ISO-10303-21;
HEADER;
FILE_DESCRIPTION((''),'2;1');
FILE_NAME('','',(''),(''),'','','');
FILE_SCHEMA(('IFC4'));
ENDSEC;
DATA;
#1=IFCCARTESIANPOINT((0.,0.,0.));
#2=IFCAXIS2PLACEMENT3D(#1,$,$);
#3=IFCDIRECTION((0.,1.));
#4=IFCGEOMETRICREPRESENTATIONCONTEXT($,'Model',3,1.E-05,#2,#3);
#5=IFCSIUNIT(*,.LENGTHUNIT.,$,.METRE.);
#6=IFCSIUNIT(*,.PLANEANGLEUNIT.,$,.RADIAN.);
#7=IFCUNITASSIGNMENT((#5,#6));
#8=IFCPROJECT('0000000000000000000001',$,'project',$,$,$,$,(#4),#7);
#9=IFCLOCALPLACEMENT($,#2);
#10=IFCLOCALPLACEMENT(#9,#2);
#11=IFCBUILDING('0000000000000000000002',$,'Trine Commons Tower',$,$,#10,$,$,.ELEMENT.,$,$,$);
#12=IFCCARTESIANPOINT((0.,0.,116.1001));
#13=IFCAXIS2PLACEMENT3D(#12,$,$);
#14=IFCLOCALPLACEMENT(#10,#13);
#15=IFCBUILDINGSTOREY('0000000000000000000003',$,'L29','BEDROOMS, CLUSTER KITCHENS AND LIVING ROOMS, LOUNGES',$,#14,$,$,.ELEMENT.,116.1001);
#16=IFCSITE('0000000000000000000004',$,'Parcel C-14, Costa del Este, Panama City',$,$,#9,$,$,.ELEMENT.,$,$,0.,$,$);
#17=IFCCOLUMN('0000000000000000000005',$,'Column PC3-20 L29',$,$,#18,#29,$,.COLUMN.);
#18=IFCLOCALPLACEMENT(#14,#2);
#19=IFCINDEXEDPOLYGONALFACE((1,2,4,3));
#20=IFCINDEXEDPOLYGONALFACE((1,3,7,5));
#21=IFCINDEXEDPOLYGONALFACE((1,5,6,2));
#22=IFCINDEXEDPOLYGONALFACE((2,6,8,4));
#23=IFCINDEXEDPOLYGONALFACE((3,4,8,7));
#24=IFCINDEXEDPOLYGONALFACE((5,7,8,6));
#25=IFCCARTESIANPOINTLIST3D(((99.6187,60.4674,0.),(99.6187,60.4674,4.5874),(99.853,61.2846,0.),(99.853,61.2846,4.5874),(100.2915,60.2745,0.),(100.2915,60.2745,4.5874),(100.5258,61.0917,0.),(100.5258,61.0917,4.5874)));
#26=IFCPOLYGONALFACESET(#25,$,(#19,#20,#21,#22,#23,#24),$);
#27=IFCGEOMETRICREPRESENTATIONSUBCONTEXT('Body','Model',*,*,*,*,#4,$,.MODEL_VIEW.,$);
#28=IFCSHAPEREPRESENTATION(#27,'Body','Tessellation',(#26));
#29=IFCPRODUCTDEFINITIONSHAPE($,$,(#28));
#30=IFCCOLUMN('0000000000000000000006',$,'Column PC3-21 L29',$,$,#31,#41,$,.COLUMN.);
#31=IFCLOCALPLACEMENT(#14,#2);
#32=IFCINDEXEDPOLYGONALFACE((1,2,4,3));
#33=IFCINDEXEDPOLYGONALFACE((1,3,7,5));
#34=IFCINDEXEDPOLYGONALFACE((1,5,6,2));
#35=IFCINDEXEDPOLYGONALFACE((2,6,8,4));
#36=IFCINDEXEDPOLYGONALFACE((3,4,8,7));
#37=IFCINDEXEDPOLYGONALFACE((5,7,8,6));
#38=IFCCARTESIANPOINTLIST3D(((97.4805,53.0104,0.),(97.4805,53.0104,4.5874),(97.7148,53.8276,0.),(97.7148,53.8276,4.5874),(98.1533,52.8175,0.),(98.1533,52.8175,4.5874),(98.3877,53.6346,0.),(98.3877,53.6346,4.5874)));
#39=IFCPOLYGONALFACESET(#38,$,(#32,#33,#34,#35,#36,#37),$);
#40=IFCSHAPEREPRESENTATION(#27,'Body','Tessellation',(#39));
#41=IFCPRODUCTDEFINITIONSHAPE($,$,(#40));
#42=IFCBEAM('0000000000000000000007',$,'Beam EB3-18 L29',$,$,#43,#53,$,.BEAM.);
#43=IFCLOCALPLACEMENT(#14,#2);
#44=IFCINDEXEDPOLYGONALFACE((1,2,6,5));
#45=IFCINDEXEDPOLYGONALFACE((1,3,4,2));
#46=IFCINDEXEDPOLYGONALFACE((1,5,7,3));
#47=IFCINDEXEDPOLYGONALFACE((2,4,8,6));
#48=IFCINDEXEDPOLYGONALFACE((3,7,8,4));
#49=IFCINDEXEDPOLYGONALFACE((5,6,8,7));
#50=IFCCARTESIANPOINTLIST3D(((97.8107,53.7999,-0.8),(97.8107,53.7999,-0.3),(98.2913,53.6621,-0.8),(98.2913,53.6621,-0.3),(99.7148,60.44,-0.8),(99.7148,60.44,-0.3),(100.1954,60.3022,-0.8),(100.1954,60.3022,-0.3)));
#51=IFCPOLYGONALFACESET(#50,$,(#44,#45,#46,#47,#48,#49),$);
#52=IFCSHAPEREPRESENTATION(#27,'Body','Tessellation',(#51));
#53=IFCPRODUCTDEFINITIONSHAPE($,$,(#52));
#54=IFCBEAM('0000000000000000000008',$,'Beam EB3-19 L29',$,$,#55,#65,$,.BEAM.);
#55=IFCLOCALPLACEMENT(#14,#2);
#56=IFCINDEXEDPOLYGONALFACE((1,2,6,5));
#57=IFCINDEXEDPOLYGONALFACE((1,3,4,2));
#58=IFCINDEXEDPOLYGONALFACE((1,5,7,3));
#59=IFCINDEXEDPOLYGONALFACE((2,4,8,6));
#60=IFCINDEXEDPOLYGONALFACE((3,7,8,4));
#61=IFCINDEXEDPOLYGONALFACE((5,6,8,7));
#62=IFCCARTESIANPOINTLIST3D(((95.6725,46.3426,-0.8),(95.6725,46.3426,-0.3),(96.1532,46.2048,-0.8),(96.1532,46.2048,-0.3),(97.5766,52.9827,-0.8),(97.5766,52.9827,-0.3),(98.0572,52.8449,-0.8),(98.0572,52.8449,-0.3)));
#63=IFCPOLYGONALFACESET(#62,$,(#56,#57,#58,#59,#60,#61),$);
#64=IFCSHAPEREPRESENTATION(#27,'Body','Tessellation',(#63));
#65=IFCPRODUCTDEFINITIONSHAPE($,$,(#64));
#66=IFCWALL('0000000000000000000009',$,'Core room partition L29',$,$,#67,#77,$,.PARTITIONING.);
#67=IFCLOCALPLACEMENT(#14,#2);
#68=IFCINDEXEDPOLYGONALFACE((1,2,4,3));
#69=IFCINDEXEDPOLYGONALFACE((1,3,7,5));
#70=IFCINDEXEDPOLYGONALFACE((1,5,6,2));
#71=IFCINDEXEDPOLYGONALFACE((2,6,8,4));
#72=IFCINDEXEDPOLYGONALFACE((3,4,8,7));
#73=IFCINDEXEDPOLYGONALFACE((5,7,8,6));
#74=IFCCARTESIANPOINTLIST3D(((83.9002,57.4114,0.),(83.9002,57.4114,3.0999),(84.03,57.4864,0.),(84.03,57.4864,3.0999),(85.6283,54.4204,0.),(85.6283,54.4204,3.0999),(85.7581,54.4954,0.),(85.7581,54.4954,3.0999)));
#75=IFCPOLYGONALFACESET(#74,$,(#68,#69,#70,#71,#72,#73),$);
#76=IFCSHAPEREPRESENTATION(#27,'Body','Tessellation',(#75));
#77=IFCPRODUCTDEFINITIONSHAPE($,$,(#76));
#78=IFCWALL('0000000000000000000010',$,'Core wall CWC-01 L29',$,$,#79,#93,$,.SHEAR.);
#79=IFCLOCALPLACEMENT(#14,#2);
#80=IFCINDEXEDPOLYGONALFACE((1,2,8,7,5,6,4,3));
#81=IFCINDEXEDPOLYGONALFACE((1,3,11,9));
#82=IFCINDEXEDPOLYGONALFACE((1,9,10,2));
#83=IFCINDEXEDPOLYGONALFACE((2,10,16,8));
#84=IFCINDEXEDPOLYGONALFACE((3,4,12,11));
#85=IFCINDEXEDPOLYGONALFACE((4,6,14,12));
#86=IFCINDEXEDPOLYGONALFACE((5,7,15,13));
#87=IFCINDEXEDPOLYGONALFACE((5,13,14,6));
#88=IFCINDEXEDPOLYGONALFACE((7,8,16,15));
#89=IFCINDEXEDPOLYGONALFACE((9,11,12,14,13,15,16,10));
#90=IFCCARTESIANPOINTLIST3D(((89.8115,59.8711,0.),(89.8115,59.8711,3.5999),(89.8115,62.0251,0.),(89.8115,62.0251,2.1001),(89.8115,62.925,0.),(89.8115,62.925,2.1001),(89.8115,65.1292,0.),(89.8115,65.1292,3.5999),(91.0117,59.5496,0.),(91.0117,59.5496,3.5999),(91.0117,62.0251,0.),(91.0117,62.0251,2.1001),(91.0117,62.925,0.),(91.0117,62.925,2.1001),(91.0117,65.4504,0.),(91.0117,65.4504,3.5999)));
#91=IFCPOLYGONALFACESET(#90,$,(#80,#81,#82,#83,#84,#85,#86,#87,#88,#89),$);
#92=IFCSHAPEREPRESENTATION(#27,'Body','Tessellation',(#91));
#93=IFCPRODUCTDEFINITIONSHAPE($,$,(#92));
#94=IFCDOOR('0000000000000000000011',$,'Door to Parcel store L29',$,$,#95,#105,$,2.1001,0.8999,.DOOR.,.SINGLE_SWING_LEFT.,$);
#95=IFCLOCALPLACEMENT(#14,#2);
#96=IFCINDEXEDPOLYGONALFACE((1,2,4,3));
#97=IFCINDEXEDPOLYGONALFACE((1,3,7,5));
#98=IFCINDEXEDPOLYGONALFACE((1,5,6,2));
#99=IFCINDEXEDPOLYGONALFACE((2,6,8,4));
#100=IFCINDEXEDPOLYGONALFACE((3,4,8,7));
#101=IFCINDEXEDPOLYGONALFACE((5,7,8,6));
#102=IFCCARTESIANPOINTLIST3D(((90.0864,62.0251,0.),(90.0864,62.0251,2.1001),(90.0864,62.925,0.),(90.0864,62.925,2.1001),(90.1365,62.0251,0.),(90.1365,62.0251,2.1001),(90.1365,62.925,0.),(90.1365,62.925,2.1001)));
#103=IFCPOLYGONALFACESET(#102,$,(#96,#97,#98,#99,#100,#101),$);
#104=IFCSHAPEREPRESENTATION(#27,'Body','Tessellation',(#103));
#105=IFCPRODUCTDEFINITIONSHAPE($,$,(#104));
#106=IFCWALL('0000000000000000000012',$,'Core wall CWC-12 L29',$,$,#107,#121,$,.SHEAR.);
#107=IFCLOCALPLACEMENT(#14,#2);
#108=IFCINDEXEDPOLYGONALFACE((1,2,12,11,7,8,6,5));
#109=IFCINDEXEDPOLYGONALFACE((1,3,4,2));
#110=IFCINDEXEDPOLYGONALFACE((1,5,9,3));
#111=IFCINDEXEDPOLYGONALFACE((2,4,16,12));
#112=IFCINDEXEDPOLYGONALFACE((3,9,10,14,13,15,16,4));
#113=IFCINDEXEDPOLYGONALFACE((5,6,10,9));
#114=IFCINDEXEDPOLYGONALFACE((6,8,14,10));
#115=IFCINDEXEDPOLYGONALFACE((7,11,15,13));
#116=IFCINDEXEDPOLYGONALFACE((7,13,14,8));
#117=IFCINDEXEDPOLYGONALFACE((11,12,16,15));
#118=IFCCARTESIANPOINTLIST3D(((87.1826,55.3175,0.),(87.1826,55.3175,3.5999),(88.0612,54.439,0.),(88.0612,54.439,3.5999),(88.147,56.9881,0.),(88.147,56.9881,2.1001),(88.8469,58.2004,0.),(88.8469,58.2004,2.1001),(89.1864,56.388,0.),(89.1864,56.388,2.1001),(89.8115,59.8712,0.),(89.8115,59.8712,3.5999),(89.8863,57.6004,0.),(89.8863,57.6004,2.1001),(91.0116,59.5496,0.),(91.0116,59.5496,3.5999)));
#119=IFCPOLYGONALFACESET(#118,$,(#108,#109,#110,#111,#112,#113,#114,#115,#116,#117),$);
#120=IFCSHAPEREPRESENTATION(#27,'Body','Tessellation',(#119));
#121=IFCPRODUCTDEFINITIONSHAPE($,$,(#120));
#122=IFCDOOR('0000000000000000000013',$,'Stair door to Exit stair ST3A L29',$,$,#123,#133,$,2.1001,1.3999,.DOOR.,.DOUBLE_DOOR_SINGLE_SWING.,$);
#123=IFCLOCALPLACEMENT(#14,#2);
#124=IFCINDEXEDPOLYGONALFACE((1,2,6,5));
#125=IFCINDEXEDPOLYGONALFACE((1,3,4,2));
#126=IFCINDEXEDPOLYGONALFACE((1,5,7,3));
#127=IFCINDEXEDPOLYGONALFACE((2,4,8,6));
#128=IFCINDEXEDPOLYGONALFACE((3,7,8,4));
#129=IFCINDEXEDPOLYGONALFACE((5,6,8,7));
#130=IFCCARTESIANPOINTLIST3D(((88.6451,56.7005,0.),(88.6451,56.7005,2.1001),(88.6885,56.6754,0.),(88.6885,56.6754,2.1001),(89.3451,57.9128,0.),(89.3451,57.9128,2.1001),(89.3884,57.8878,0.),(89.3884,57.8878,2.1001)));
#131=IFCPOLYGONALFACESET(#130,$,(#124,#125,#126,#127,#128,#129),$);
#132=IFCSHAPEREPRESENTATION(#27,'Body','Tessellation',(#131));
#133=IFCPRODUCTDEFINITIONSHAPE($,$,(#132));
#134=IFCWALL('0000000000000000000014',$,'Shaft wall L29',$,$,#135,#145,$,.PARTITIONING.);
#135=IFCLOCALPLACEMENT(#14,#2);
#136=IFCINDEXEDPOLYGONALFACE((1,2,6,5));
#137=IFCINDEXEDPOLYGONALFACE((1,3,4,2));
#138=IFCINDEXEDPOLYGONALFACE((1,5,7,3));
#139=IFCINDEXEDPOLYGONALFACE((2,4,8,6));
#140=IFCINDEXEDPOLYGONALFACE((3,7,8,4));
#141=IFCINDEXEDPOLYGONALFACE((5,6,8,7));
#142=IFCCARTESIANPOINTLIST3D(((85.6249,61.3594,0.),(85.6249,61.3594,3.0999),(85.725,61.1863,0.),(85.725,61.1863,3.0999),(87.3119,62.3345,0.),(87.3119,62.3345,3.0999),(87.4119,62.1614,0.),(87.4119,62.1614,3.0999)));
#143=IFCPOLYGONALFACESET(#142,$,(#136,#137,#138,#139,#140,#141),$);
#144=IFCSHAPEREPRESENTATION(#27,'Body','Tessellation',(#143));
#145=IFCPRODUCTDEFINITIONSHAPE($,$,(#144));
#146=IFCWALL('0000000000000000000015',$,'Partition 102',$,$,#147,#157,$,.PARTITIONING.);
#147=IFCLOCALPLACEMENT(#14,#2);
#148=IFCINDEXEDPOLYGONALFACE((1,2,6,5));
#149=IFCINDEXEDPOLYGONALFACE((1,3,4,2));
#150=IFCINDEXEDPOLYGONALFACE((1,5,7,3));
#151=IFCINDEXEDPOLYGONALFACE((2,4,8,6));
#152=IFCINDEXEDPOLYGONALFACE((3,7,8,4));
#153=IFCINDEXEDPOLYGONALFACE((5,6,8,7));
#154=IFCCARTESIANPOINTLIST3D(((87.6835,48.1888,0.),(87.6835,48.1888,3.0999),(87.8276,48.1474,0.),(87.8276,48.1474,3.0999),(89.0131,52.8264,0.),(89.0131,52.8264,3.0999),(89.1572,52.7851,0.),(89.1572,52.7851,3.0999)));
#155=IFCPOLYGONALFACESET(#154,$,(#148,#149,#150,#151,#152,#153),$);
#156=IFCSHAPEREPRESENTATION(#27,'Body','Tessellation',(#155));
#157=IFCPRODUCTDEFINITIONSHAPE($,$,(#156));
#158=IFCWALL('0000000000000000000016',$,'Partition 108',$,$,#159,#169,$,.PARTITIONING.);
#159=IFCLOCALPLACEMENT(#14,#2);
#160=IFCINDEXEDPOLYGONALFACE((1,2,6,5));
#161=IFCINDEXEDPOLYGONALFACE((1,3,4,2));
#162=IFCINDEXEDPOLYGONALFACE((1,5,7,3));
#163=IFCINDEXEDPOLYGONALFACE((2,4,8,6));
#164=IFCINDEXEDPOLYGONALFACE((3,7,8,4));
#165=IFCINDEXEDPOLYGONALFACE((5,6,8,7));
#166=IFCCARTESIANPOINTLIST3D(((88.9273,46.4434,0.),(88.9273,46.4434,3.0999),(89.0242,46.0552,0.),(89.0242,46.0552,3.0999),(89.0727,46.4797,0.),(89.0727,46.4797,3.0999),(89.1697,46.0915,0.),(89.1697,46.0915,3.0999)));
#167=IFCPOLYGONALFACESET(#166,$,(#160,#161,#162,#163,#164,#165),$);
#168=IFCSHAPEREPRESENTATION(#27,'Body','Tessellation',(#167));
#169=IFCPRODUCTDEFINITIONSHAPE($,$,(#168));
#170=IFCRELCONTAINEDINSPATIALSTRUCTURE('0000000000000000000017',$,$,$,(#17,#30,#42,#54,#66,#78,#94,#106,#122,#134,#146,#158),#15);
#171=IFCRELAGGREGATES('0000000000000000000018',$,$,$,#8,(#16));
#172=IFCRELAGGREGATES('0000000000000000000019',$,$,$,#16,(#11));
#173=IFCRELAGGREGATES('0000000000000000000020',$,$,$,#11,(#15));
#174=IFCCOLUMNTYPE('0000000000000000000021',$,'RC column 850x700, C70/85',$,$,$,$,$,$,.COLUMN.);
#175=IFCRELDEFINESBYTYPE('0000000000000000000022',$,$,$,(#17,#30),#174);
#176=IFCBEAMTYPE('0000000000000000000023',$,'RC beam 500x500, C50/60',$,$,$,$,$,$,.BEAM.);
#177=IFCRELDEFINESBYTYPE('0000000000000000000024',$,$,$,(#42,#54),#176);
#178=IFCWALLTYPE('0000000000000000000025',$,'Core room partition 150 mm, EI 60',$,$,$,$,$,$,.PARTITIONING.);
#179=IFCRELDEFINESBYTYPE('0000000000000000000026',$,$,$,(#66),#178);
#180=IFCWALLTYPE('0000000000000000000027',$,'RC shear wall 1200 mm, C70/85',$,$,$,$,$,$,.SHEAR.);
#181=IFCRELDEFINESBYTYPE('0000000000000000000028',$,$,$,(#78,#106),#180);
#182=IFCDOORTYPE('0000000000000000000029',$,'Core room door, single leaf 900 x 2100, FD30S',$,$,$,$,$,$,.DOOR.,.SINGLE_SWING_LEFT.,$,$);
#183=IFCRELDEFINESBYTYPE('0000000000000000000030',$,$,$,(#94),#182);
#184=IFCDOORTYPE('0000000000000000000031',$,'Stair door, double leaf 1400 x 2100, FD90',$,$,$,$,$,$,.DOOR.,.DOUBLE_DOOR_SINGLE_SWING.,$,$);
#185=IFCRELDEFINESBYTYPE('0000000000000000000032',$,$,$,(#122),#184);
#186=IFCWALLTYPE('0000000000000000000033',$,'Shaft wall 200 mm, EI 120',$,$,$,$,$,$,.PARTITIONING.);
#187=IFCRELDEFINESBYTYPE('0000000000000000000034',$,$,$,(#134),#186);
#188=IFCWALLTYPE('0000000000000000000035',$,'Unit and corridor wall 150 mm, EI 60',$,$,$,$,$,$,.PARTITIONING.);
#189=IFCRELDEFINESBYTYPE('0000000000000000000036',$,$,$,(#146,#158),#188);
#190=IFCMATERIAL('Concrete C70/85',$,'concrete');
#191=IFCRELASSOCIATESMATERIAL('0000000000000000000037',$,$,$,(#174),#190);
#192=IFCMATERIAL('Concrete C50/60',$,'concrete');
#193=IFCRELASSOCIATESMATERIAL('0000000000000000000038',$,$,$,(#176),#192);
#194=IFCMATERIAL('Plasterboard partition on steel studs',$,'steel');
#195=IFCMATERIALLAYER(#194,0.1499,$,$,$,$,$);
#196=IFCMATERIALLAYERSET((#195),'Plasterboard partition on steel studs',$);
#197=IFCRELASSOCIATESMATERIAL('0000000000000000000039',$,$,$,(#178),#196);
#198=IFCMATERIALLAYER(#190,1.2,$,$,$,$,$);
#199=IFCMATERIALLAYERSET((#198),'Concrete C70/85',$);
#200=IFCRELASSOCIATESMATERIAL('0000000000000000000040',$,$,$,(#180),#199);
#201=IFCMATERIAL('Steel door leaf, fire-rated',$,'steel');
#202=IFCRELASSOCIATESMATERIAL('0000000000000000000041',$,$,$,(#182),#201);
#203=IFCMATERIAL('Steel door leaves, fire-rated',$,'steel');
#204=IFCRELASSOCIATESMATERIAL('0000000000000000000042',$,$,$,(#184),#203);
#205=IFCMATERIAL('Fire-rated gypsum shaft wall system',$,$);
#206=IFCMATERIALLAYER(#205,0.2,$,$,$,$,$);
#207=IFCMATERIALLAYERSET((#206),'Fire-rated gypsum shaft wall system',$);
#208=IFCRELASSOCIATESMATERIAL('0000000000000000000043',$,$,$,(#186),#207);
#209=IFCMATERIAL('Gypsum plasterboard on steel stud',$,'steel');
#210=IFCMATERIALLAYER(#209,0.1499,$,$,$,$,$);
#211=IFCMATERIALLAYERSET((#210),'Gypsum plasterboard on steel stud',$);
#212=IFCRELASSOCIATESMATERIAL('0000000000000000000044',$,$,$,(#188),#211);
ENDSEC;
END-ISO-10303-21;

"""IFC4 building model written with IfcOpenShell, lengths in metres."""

from ifc_helpers import new_model, si_unit, direction, frame, frame_2d, origin, origin_2d, place, context, subcontext, project, spatial, polyline, rectangle, outline, extrude, material, layer, layer_set, material_profile, profile_set, type_object, element, fill, save


model = new_model("IFC4")

# Units and contexts
model_context = context("Model", 3, precision=1e-05, world=origin(), true_north=direction((0.0, 1.0)))
body_context = subcontext(model_context, "Body", "Model", "MODEL_VIEW")
ifc_project = project(units=[si_unit("LENGTHUNIT", "METRE"), si_unit("PLANEANGLEUNIT", "RADIAN")], contexts=[model_context])

# Site, building, storey
site_placement = place(None, origin())
site = spatial("IfcSite", under=ifc_project, at=site_placement, Name="Parcel C-14, Costa del Este, Panama City", CompositionType="ELEMENT", RefElevation=0.0)
building_placement = place(site_placement, origin())
building = spatial("IfcBuilding", under=site, at=building_placement, Name="Trine Commons Tower", CompositionType="ELEMENT")
storey_placement = place(building_placement, frame((0.0, 0.0, 116.1001)))
storey = spatial("IfcBuildingStorey", under=building, at=storey_placement, Name="L29", Description="BEDROOMS, CLUSTER KITCHENS AND LIVING ROOMS, LOUNGES", CompositionType="ELEMENT", Elevation=116.1001)

# Columns
ifc_material_1 = material(Name="Concrete C70/85", Category="concrete")
ifc_material_profile_1 = material_profile(ifc_material_1, rectangle(XDim=0.8501, YDim=0.7, at=origin_2d()), Name="RC 850x700")
ifc_profile_set_1 = profile_set([ifc_material_profile_1], Name="Concrete C70/85")
column_type = type_object("IfcColumnType", Name="RC column 850x700, C70/85", PredefinedType="COLUMN", material=ifc_profile_set_1)
for number, where, z_axis, x_axis, name in (
    (1, (100.0723, 60.7795, 0.0), (0.0, 0.0, 1.0), (0.275637, 0.961262, 0.0), "Column PC3-20 L29"),
    (2, (97.9341, 53.3225, 0.0), (0.0, 0.0, 1.0), (0.275637, 0.961262, 0.0), "Column PC3-21 L29"),
):
    element("IfcColumn", number, at=place(storey_placement, frame(where, z_axis=z_axis, x_axis=x_axis)), inside=storey, type_object=column_type, Name=name, PredefinedType="COLUMN", context=body_context, shape_type="SweptSolid", body=[
        extrude(rectangle(XDim=0.8501, YDim=0.7, at=origin_2d()), origin(), (0.0, 0.0, 1.0), 4.5874),
    ])

# Beams
ifc_material_2 = material(Name="Concrete C50/60", Category="concrete")
ifc_material_profile_2 = material_profile(ifc_material_2, rectangle(XDim=0.5, YDim=0.5, at=origin_2d()), Name="RC 500x500")
ifc_profile_set_2 = profile_set([ifc_material_profile_2], Name="Concrete C50/60")
beam_type = type_object("IfcBeamType", Name="RC beam 500x500, C50/60", PredefinedType="BEAM", material=ifc_profile_set_2)
for number, where, z_axis, x_axis, name in (
    (3, (99.9551, 60.3711, -0.55), (-0.275641, -0.961261, 0.0), (0.961261, -0.275641, 0.0), "Beam EB3-18 L29"),
    (4, (97.8169, 52.9138, -0.55), (-0.275641, -0.961261, 0.0), (0.961261, -0.275641, 0.0), "Beam EB3-19 L29"),
):
    element("IfcBeam", number, at=place(storey_placement, frame(where, z_axis=z_axis, x_axis=x_axis)), inside=storey, type_object=beam_type, Name=name, PredefinedType="BEAM", context=body_context, shape_type="SweptSolid", body=[
        extrude(rectangle(XDim=0.5, YDim=0.5, at=origin_2d()), origin(), (0.0, 0.0, 1.0), 6.9077),
    ])

# Wall
ifc_material_3 = material(Name="Plasterboard partition on steel studs", Category="steel")
ifc_layer_1 = layer(ifc_material_3, 0.1499)
ifc_layer_set_1 = layer_set([ifc_layer_1], Name="Plasterboard partition on steel studs")
wall_type_1 = type_object("IfcWallType", Name="Core room partition 150 mm, EI 60", PredefinedType="PARTITIONING", material=ifc_layer_set_1)
wall_1_placement = place(storey_placement, frame((85.6931, 54.458, 0.0), z_axis=(0.0, 0.0, 1.0), x_axis=(-0.500259, 0.865876, 0.0)))
element("IfcWall", 5, at=wall_1_placement, inside=storey, type_object=wall_type_1, Name="Core room partition L29", PredefinedType="PARTITIONING", context=body_context, shape_type="SweptSolid", body=[
    extrude(rectangle(XDim=3.4543, YDim=0.1499, at=frame_2d((1.7271, 0.0))), origin(), (0.0, 0.0, 1.0), 3.0999),
])

# Walls, openings, doors
ifc_layer_2 = layer(ifc_material_1, 1.2)
ifc_layer_set_2 = layer_set([ifc_layer_2], Name="Concrete C70/85")
wall_type_2 = type_object("IfcWallType", Name="RC shear wall 1200 mm, C70/85", PredefinedType="SHEAR", material=ifc_layer_set_2)
wall_2_placement = place(storey_placement, frame((90.4116, 59.5496, 0.0), z_axis=(0.0, 0.0, 1.0), x_axis=(0.0, 1.0, 0.0)))
wall_2 = element("IfcWall", 6, at=wall_2_placement, inside=storey, type_object=wall_type_2, Name="Core wall CWC-01 L29", PredefinedType="SHEAR", context=body_context, shape_type="SweptSolid", body=[
    extrude(outline(polyline([(0.0, -0.6001), (5.9009, -0.6001), (5.5796, 0.6001), (0.3215, 0.6001), (0.0, -0.6001)])), origin(), (0.0, 0.0, 1.0), 3.5999),
])
opening_1_placement = place(wall_2_placement, frame((2.4756, 0.0, 0.0)))
opening_1 = element("IfcOpeningElement", 7, at=opening_1_placement, cuts=wall_2, PredefinedType="OPENING", context=body_context, shape_type="SweptSolid", body=[
    extrude(rectangle(XDim=0.8999, YDim=2.1001, at=frame_2d((0.45, 1.05))), frame((0.0, 0.6099, 0.0), z_axis=(0.0, -1.0, 0.0), x_axis=(1.0, 0.0, 0.0)), (0.0, 0.0, 1.0), 1.22),
])
ifc_material_4 = material(Name="Steel door leaf, fire-rated", Category="steel")
door_type_1 = type_object("IfcDoorType", Name="Core room door, single leaf 900 x 2100, FD30S", OperationType="SINGLE_SWING_LEFT", PredefinedType="DOOR", material=ifc_material_4)
door_1_placement = place(opening_1_placement, origin())
door_1 = element("IfcDoor", 8, at=door_1_placement, inside=storey, type_object=door_type_1, Name="Door to Parcel store L29", OperationType="SINGLE_SWING_LEFT", OverallHeight=2.1001, OverallWidth=0.8999, PredefinedType="DOOR", context=body_context, shape_type="SweptSolid", body=[
    extrude(rectangle(XDim=0.8999, YDim=2.1001, at=frame_2d((0.45, 1.05))), frame((0.0, 0.3252, 0.0), z_axis=(0.0, -1.0, 0.0), x_axis=(1.0, 0.0, 0.0)), (0.0, 0.0, 1.0), 0.05),
])
fill(opening_1, door_1)
wall_3_placement = place(storey_placement, frame((87.5415, 54.739, 0.0), z_axis=(0.0, 0.0, 1.0), x_axis=(0.499979, 0.866037, 0.0)))
wall_3 = element("IfcWall", 9, at=wall_3_placement, inside=storey, type_object=wall_type_2, Name="Core wall CWC-12 L29", PredefinedType="SHEAR", context=body_context, shape_type="SweptSolid", body=[
    extrude(outline(polyline([(0.0, -0.6001), (5.9011, -0.6001), (5.5796, 0.6001), (0.3215, 0.6001), (0.0, -0.6001)])), origin(), (0.0, 0.0, 1.0), 3.5999),
])
opening_2_placement = place(wall_3_placement, frame((2.2505, 0.0, 0.0)))
opening_2 = element("IfcOpeningElement", 10, at=opening_2_placement, cuts=wall_3, PredefinedType="OPENING", context=body_context, shape_type="SweptSolid", body=[
    extrude(rectangle(XDim=1.3999, YDim=2.1001, at=frame_2d((0.7, 1.05))), frame((0.0, 0.6099, 0.0), z_axis=(0.0, -1.0, 0.0), x_axis=(1.0, 0.0, 0.0)), (0.0, 0.0, 1.0), 1.22),
])
ifc_material_5 = material(Name="Steel door leaves, fire-rated", Category="steel")
door_type_2 = type_object("IfcDoorType", Name="Stair door, double leaf 1400 x 2100, FD90", OperationType="DOUBLE_DOOR_SINGLE_SWING", PredefinedType="DOOR", material=ifc_material_5)
door_2_placement = place(opening_2_placement, origin())
door_2 = element("IfcDoor", 11, at=door_2_placement, inside=storey, type_object=door_type_2, Name="Stair door to Exit stair ST3A L29", OperationType="DOUBLE_DOOR_SINGLE_SWING", OverallHeight=2.1001, OverallWidth=1.3999, PredefinedType="DOOR", context=body_context, shape_type="SweptSolid", body=[
    extrude(rectangle(XDim=1.3999, YDim=2.1001, at=frame_2d((0.7, 1.05))), frame((0.0, 0.0249, 0.0), z_axis=(0.0, -1.0, 0.0), x_axis=(1.0, 0.0, 0.0)), (0.0, 0.0, 1.0), 0.05),
])
fill(opening_2, door_2)

# Walls
ifc_material_6 = material(Name="Fire-rated gypsum shaft wall system")
ifc_layer_3 = layer(ifc_material_6, 0.2)
ifc_layer_set_3 = layer_set([ifc_layer_3], Name="Fire-rated gypsum shaft wall system")
wall_type_3 = type_object("IfcWallType", Name="Shaft wall 200 mm, EI 120", PredefinedType="PARTITIONING", material=ifc_layer_set_3)
wall_4_placement = place(storey_placement, frame((85.675, 61.2729, 0.0), z_axis=(0.0, 0.0, 1.0), x_axis=(0.865781, 0.500424, 0.0)))
element("IfcWall", 12, at=wall_4_placement, inside=storey, type_object=wall_type_3, Name="Shaft wall L29", PredefinedType="PARTITIONING", context=body_context, shape_type="SweptSolid", body=[
    extrude(rectangle(XDim=1.9485, YDim=0.2, at=frame_2d((0.9741, 0.0))), origin(), (0.0, 0.0, 1.0), 3.0999),
])
ifc_material_7 = material(Name="Gypsum plasterboard on steel stud", Category="steel")
ifc_layer_4 = layer(ifc_material_7, 0.1499)
ifc_layer_set_4 = layer_set([ifc_layer_4], Name="Gypsum plasterboard on steel stud")
wall_type_4 = type_object("IfcWallType", Name="Unit and corridor wall 150 mm, EI 60", PredefinedType="PARTITIONING", material=ifc_layer_set_4)
wall_5_placement = place(storey_placement, frame((87.7556, 48.1682, 0.0), z_axis=(0.0, 0.0, 1.0), x_axis=(0.27559, 0.961275, 0.0)))
element("IfcWall", 13, at=wall_5_placement, inside=storey, type_object=wall_type_4, Name="Partition 102", PredefinedType="PARTITIONING", context=body_context, shape_type="SweptSolid", body=[
    extrude(rectangle(XDim=4.8245, YDim=0.1499, at=frame_2d((2.4121, 0.0))), origin(), (0.0, 0.0, 1.0), 3.0999),
])
wall_6_placement = place(storey_placement, frame((89.0, 46.4617, 0.0), z_axis=(0.0, 0.0, 1.0), x_axis=(0.242248, -0.970214, 0.0)))
element("IfcWall", 14, at=wall_6_placement, inside=storey, type_object=wall_type_4, Name="Partition 108", PredefinedType="PARTITIONING", context=body_context, shape_type="SweptSolid", body=[
    extrude(rectangle(XDim=0.4001, YDim=0.1499, at=frame_2d((0.2002, 0.0))), origin(), (0.0, 0.0, 1.0), 3.0999),
])

save(model, "model.ifc")
